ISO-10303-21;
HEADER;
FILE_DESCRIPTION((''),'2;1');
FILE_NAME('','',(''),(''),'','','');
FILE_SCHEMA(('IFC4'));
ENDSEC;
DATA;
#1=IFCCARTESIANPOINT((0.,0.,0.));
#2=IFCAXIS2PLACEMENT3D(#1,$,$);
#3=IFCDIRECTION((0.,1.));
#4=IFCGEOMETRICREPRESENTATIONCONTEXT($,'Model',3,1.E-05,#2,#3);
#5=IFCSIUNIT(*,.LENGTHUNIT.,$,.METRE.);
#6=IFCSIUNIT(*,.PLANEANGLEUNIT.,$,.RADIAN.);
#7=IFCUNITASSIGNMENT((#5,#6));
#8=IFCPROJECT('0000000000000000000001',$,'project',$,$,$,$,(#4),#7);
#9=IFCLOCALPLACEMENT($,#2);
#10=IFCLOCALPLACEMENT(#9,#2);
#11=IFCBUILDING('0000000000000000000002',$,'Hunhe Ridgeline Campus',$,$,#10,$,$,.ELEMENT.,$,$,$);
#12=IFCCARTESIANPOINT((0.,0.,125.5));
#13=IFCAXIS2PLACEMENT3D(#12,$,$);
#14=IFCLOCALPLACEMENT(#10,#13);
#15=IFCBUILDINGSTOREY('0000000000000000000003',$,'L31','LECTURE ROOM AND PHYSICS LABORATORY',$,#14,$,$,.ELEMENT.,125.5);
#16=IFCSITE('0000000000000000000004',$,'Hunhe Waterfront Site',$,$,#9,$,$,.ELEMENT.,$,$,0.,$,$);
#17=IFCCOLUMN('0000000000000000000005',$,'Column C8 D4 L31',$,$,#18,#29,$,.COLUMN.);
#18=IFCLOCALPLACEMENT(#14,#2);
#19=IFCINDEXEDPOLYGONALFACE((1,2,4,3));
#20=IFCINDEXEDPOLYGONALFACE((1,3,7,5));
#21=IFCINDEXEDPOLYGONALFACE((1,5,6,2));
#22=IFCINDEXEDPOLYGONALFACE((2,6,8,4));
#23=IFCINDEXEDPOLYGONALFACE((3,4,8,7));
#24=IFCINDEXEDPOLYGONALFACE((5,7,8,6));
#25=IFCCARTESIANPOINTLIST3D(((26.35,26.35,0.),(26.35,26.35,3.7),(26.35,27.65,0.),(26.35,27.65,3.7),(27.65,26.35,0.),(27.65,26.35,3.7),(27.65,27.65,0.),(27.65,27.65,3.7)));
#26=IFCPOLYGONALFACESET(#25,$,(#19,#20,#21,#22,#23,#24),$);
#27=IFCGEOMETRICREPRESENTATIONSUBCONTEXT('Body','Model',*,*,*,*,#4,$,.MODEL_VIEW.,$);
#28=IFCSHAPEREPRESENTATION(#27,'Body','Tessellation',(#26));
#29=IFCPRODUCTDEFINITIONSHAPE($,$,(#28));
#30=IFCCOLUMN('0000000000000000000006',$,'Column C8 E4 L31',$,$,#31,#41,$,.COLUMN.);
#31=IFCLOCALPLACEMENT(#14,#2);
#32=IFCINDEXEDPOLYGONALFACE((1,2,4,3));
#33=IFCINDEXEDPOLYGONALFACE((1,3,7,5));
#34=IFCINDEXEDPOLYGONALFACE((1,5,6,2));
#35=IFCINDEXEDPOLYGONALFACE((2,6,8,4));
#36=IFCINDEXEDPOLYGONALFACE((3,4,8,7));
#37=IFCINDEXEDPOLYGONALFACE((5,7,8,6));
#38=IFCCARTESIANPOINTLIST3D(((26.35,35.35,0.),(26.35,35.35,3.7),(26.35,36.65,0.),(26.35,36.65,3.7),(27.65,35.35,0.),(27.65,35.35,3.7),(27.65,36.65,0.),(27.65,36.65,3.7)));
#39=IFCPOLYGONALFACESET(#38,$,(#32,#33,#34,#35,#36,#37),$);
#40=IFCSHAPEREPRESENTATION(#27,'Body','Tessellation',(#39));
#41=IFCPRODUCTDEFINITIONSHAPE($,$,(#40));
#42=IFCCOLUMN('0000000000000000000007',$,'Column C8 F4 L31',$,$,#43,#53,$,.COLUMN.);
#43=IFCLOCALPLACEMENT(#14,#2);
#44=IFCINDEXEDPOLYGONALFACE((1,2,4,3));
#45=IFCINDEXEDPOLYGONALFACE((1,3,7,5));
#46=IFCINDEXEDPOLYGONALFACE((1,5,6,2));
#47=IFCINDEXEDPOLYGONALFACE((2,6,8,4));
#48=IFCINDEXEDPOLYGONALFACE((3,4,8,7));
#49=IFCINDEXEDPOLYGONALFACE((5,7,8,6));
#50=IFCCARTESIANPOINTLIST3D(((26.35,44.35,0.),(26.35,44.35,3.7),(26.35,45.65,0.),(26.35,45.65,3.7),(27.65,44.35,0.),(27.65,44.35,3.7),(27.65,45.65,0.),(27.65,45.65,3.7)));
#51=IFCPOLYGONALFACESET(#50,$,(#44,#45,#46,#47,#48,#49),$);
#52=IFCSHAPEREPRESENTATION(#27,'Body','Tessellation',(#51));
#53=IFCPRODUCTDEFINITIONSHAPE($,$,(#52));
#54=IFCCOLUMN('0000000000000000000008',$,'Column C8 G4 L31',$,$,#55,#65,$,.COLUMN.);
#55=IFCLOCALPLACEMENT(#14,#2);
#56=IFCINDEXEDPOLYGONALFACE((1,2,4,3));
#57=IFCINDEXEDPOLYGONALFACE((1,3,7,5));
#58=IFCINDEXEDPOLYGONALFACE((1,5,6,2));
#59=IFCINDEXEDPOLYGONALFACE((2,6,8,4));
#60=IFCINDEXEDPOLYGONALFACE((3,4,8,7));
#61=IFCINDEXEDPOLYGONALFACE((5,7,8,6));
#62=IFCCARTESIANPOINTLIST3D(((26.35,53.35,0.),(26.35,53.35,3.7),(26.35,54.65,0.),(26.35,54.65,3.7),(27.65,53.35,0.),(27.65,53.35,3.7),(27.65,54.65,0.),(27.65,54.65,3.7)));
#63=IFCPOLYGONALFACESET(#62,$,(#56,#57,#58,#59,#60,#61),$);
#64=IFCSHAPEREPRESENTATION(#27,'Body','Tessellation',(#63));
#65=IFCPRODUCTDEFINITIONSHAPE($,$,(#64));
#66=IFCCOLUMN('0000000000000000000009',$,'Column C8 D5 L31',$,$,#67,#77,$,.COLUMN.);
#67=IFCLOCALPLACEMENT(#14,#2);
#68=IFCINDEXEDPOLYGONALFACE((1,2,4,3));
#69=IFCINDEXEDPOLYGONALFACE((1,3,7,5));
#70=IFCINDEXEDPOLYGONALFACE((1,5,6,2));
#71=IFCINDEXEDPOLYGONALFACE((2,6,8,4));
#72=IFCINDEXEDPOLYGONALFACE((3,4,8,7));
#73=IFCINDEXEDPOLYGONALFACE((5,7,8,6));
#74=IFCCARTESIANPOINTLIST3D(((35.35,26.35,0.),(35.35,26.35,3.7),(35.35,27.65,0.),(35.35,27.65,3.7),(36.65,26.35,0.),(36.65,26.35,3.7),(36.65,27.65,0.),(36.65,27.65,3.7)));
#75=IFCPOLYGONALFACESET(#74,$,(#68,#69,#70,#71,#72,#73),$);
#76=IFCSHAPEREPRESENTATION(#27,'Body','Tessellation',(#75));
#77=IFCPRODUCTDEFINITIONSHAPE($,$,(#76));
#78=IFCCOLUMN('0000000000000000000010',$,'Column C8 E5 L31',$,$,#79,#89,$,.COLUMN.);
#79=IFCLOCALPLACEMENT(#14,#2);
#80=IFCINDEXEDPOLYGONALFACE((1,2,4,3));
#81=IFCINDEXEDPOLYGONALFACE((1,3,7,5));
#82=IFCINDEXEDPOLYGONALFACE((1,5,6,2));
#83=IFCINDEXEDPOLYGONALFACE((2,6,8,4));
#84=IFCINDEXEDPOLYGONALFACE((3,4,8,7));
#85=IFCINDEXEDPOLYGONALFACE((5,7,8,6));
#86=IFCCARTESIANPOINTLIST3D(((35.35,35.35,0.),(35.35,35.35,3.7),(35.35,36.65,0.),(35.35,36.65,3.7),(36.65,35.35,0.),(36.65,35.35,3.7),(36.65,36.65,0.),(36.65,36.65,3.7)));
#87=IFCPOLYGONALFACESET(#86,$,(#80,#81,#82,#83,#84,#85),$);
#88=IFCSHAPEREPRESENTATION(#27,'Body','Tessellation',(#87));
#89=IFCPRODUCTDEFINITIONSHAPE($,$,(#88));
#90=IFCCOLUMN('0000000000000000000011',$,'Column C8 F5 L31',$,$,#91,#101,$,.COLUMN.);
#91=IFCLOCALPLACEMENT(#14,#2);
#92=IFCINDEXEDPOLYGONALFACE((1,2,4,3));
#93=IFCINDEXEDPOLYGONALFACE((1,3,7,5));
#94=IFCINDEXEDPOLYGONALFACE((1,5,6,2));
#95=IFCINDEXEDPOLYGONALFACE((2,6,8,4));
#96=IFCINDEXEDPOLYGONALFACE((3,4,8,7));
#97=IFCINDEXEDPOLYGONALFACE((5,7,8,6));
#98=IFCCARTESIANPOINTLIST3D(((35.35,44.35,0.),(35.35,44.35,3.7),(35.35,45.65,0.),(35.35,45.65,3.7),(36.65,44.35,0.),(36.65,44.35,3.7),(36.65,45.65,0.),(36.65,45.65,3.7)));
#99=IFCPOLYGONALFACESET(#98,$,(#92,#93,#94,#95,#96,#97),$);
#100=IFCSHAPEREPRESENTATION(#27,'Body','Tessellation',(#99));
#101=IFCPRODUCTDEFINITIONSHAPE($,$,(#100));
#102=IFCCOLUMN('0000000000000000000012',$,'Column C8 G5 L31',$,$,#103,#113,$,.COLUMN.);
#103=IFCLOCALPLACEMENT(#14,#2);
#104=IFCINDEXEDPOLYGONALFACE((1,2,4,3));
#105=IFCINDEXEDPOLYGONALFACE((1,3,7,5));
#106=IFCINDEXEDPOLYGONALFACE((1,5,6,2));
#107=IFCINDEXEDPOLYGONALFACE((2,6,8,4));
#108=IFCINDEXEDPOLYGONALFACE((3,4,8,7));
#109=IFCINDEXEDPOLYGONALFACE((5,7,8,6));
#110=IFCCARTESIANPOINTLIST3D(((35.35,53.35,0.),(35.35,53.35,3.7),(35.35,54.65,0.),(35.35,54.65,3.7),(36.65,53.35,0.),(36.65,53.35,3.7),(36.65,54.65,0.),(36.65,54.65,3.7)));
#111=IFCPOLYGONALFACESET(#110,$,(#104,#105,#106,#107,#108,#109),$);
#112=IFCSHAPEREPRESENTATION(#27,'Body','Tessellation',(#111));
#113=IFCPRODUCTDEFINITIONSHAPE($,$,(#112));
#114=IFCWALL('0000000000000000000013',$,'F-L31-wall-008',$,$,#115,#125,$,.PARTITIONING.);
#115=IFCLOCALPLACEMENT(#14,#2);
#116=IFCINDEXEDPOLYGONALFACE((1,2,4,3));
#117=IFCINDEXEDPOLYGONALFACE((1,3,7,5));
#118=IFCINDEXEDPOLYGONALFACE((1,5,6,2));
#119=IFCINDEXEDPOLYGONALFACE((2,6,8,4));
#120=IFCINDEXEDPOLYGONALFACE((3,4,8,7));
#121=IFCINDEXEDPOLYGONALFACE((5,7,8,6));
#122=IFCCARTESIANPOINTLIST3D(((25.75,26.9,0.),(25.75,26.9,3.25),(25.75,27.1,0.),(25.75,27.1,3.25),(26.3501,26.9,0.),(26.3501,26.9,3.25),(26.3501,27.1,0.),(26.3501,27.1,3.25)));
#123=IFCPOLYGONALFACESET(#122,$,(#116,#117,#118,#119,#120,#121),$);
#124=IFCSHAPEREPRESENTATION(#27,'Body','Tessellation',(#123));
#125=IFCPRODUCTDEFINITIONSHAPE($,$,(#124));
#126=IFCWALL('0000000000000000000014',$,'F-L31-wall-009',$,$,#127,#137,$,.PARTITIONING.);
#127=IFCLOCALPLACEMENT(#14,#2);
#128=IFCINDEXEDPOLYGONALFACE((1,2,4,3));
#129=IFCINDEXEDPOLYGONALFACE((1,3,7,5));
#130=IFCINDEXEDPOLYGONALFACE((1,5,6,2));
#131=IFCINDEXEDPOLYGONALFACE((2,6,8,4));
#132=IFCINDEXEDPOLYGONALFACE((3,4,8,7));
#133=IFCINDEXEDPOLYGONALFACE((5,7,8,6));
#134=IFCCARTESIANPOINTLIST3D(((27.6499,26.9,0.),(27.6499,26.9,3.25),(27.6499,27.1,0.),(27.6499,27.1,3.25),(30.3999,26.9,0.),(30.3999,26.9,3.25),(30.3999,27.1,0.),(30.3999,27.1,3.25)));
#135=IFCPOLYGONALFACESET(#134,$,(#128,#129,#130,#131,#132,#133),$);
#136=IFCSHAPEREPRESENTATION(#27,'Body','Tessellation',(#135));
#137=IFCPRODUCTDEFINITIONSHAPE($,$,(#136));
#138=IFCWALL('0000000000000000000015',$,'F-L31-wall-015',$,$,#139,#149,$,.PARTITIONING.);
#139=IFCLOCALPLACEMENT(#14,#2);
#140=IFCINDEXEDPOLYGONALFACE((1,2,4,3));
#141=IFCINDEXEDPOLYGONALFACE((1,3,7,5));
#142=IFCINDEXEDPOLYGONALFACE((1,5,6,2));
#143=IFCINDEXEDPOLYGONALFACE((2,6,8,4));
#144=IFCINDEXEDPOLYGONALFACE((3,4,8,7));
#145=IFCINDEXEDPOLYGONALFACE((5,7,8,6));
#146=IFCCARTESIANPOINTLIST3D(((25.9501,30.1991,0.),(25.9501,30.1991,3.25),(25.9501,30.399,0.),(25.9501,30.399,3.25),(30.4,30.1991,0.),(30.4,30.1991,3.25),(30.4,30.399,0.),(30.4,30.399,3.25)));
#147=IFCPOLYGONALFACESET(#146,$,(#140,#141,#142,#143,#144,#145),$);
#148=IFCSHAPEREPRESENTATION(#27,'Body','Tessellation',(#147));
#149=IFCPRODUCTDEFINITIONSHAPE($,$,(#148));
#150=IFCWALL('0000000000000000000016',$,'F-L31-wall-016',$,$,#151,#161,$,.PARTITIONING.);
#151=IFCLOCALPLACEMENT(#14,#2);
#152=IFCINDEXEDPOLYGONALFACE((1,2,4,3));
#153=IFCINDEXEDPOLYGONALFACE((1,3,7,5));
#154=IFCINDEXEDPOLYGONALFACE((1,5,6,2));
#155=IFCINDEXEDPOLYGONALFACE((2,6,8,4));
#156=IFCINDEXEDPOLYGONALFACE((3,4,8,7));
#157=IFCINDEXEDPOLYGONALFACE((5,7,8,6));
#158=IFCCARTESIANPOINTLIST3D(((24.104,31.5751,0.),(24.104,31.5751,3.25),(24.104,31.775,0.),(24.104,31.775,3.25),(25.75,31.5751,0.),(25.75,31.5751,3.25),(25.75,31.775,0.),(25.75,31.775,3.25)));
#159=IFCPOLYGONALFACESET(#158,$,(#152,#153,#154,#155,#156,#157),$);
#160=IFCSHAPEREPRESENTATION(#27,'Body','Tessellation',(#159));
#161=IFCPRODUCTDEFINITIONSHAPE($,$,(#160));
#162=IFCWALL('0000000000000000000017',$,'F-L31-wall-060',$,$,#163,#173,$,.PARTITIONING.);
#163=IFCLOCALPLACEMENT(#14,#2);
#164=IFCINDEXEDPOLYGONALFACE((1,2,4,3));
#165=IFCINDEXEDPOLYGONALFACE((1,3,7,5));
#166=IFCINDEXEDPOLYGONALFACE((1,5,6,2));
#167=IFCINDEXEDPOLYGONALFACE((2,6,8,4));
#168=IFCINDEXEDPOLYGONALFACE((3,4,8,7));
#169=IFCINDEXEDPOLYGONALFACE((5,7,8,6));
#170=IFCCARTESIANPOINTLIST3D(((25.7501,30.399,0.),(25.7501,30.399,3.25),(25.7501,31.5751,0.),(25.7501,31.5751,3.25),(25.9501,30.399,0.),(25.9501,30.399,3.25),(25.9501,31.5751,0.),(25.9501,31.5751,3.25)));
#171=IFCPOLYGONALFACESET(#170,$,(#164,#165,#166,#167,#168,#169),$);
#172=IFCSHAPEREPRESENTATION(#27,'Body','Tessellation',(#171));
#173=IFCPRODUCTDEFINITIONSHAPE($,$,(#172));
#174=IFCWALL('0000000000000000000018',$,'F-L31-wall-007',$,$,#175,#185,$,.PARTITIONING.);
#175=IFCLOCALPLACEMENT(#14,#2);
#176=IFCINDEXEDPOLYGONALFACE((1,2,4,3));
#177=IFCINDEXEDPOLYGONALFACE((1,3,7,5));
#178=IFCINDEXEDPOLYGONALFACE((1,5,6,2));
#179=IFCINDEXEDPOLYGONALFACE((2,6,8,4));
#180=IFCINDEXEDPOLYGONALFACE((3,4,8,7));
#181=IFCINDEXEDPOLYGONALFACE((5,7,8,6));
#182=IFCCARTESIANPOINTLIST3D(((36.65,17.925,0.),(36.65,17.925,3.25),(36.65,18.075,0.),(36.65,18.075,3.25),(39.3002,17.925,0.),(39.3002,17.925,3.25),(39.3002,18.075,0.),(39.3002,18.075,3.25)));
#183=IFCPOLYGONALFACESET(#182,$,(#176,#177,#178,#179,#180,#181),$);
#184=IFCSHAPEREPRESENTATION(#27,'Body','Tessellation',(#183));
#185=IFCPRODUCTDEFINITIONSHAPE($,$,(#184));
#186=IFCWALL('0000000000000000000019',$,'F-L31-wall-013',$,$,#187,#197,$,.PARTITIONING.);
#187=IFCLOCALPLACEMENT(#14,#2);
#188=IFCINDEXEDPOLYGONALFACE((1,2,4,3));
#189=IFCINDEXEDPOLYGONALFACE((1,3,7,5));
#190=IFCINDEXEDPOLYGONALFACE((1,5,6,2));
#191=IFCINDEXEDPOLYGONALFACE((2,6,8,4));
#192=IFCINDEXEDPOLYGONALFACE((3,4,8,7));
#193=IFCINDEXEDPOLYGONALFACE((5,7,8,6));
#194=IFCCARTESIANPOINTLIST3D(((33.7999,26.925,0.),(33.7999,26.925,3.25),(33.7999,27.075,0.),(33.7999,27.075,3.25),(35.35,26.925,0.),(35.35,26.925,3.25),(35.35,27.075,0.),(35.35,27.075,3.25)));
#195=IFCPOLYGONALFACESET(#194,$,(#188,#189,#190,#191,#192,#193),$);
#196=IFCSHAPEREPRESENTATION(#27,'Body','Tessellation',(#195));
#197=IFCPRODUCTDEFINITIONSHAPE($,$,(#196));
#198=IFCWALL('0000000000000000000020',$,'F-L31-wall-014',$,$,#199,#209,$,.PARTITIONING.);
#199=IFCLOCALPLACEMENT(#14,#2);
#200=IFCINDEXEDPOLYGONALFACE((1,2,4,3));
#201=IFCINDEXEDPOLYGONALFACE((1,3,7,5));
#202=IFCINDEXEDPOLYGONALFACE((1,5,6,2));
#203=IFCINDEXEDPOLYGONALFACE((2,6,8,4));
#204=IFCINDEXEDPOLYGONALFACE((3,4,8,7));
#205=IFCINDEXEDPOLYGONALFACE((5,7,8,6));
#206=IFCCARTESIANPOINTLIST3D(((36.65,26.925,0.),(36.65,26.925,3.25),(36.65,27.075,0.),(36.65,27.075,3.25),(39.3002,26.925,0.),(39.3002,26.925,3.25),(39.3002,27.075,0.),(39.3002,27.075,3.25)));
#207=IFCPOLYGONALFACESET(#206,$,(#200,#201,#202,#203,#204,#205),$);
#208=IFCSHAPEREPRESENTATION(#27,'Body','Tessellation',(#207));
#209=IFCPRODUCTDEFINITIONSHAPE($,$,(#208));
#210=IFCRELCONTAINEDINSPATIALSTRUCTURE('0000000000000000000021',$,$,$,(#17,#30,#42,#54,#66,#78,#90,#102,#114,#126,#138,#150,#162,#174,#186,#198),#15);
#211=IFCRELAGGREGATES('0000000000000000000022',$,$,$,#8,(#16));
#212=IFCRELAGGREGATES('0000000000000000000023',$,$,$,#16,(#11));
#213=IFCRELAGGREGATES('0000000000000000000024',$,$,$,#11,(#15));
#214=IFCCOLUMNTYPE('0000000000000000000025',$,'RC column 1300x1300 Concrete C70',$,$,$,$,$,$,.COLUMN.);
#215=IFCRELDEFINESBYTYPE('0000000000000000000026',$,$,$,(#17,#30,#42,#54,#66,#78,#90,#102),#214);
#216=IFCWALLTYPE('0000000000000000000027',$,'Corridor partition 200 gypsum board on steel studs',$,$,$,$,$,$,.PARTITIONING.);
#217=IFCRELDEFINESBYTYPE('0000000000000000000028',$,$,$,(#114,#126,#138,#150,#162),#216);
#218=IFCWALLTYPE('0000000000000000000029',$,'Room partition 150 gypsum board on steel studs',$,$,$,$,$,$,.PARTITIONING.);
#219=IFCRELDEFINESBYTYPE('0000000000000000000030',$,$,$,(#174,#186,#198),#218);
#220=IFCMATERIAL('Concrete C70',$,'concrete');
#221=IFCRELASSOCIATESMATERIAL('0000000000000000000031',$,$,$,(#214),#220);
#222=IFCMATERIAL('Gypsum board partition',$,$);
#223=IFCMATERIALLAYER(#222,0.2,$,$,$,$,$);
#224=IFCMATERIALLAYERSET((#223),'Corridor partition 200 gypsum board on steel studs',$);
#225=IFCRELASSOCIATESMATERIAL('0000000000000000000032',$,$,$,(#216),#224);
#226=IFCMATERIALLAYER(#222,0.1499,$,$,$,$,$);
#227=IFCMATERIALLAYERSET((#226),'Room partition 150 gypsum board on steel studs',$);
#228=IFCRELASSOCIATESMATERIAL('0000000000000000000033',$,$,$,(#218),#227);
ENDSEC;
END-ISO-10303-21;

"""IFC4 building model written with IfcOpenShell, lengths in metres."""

from ifc_helpers import new_model, si_unit, direction, frame, frame_2d, origin, origin_2d, place, context, subcontext, project, spatial, rectangle, extrude, material, layer, layer_set, material_profile, profile_set, type_object, element, save


model = new_model("IFC4")

# Units and contexts
model_context = context("Model", 3, precision=1e-05, world=origin(), true_north=direction((0.0, 1.0)))
body_context = subcontext(model_context, "Body", "Model", "MODEL_VIEW")
ifc_project = project(units=[si_unit("LENGTHUNIT", "METRE"), si_unit("PLANEANGLEUNIT", "RADIAN")], contexts=[model_context])

# Site, building, storey
site_placement = place(None, origin())
site = spatial("IfcSite", under=ifc_project, at=site_placement, Name="Hunhe Waterfront Site", CompositionType="ELEMENT", RefElevation=0.0)
building_placement = place(site_placement, origin())
building = spatial("IfcBuilding", under=site, at=building_placement, Name="Hunhe Ridgeline Campus", CompositionType="ELEMENT")
storey_placement = place(building_placement, frame((0.0, 0.0, 125.5)))
storey = spatial("IfcBuildingStorey", under=building, at=storey_placement, Name="L31", Description="LECTURE ROOM AND PHYSICS LABORATORY", CompositionType="ELEMENT", Elevation=125.5)

# Columns
ifc_material_1 = material(Name="Concrete C70", Category="concrete")
ifc_material_profile = material_profile(ifc_material_1, rectangle(XDim=1.3, YDim=1.3, at=origin_2d()))
ifc_profile_set = profile_set([ifc_material_profile], Name="Concrete C70")
column_type = type_object("IfcColumnType", Name="RC column 1300x1300 Concrete C70", PredefinedType="COLUMN", material=ifc_profile_set)
for number, where, z_axis, x_axis, name in (
    (1, (27.0, 27.0, 0.0), (0.0, 0.0, 1.0), (1.0, 0.0, 0.0), "Column C8 D4 L31"),
    (2, (27.0, 36.0, 0.0), (0.0, 0.0, 1.0), (1.0, 0.0, 0.0), "Column C8 E4 L31"),
    (3, (27.0, 45.0, 0.0), (0.0, 0.0, 1.0), (1.0, 0.0, 0.0), "Column C8 F4 L31"),
    (4, (27.0, 54.0, 0.0), (0.0, 0.0, 1.0), (1.0, 0.0, 0.0), "Column C8 G4 L31"),
    (5, (36.0, 27.0, 0.0), (0.0, 0.0, 1.0), (1.0, 0.0, 0.0), "Column C8 D5 L31"),
    (6, (36.0, 36.0, 0.0), (0.0, 0.0, 1.0), (1.0, 0.0, 0.0), "Column C8 E5 L31"),
    (7, (36.0, 45.0, 0.0), (0.0, 0.0, 1.0), (1.0, 0.0, 0.0), "Column C8 F5 L31"),
    (8, (36.0, 54.0, 0.0), (0.0, 0.0, 1.0), (1.0, 0.0, 0.0), "Column C8 G5 L31"),
):
    element("IfcColumn", number, at=place(storey_placement, frame(where, z_axis=z_axis, x_axis=x_axis)), inside=storey, type_object=column_type, Name=name, PredefinedType="COLUMN", context=body_context, shape_type="SweptSolid", body=[
        extrude(rectangle(XDim=1.3, YDim=1.3, at=origin_2d()), origin(), (0.0, 0.0, 1.0), 3.7),
    ])

# Walls
ifc_material_2 = material(Name="Gypsum board partition")
ifc_layer_1 = layer(ifc_material_2, 0.2)
ifc_layer_set_1 = layer_set([ifc_layer_1], Name="Corridor partition 200 gypsum board on steel studs")
wall_type_1 = type_object("IfcWallType", Name="Corridor partition 200 gypsum board on steel studs", PredefinedType="PARTITIONING", material=ifc_layer_set_1)
wall_1_placement = place(storey_placement, frame((26.3501, 27.0, 0.0), z_axis=(0.0, 0.0, 1.0), x_axis=(-1.0, 0.0, 0.0)))
element("IfcWall", 9, at=wall_1_placement, inside=storey, type_object=wall_type_1, Name="F-L31-wall-008", PredefinedType="PARTITIONING", context=body_context, shape_type="SweptSolid", body=[
    extrude(rectangle(XDim=0.6001, YDim=0.2, at=frame_2d((0.3, 0.0))), origin(), (0.0, 0.0, 1.0), 3.25),
])
wall_2_placement = place(storey_placement, frame((30.3999, 27.0, 0.0), z_axis=(0.0, 0.0, 1.0), x_axis=(-1.0, 0.0, 0.0)))
element("IfcWall", 10, at=wall_2_placement, inside=storey, type_object=wall_type_1, Name="F-L31-wall-009", PredefinedType="PARTITIONING", context=body_context, shape_type="SweptSolid", body=[
    extrude(rectangle(XDim=2.75, YDim=0.2, at=frame_2d((1.375, 0.0))), origin(), (0.0, 0.0, 1.0), 3.25),
])
wall_3_placement = place(storey_placement, frame((25.95, 30.2991, 0.0), z_axis=(0.0, 0.0, 1.0), x_axis=(1.0, 0.0, 0.0)))
element("IfcWall", 11, at=wall_3_placement, inside=storey, type_object=wall_type_1, Name="F-L31-wall-015", PredefinedType="PARTITIONING", context=body_context, shape_type="SweptSolid", body=[
    extrude(rectangle(XDim=4.45, YDim=0.2, at=frame_2d((2.2251, 0.0))), origin(), (0.0, 0.0, 1.0), 3.25),
])
wall_4_placement = place(storey_placement, frame((24.104, 31.675, 0.0), z_axis=(0.0, 0.0, 1.0), x_axis=(1.0, 0.0, 0.0)))
element("IfcWall", 12, at=wall_4_placement, inside=storey, type_object=wall_type_1, Name="F-L31-wall-016", PredefinedType="PARTITIONING", context=body_context, shape_type="SweptSolid", body=[
    extrude(rectangle(XDim=1.646, YDim=0.2, at=frame_2d((0.823, 0.0))), origin(), (0.0, 0.0, 1.0), 3.25),
])

# Wall
wall_5_placement = place(storey_placement, frame((25.8501, 31.575, 0.0), z_axis=(0.0, 0.0, 1.0), x_axis=(0.0, -1.0, 0.0)))
element("IfcWall", 13, at=wall_5_placement, inside=storey, type_object=wall_type_1, Name="F-L31-wall-060", PredefinedType="PARTITIONING", context=body_context, shape_type="SweptSolid", body=[
    extrude(rectangle(XDim=1.176, YDim=0.2, at=frame_2d((0.5879, 0.0))), origin(), (0.0, 0.0, 1.0), 3.25),
])

# Walls
ifc_layer_2 = layer(ifc_material_2, 0.1499)
ifc_layer_set_2 = layer_set([ifc_layer_2], Name="Room partition 150 gypsum board on steel studs")
wall_type_2 = type_object("IfcWallType", Name="Room partition 150 gypsum board on steel studs", PredefinedType="PARTITIONING", material=ifc_layer_set_2)
wall_6_placement = place(storey_placement, frame((36.6499, 18.0, 0.0), z_axis=(0.0, 0.0, 1.0), x_axis=(1.0, 0.0, 0.0)))
element("IfcWall", 14, at=wall_6_placement, inside=storey, type_object=wall_type_2, Name="F-L31-wall-007", PredefinedType="PARTITIONING", context=body_context, shape_type="SweptSolid", body=[
    extrude(rectangle(XDim=2.6501, YDim=0.1499, at=frame_2d((1.3252, 0.0))), origin(), (0.0, 0.0, 1.0), 3.25),
])
wall_7_placement = place(storey_placement, frame((33.8, 27.0, 0.0), z_axis=(0.0, 0.0, 1.0), x_axis=(1.0, 0.0, 0.0)))
element("IfcWall", 15, at=wall_7_placement, inside=storey, type_object=wall_type_2, Name="F-L31-wall-013", PredefinedType="PARTITIONING", context=body_context, shape_type="SweptSolid", body=[
    extrude(rectangle(XDim=1.55, YDim=0.1499, at=frame_2d((0.7749, 0.0))), origin(), (0.0, 0.0, 1.0), 3.25),
])
wall_8_placement = place(storey_placement, frame((36.6499, 27.0, 0.0), z_axis=(0.0, 0.0, 1.0), x_axis=(1.0, 0.0, 0.0)))
element("IfcWall", 16, at=wall_8_placement, inside=storey, type_object=wall_type_2, Name="F-L31-wall-014", PredefinedType="PARTITIONING", context=body_context, shape_type="SweptSolid", body=[
    extrude(rectangle(XDim=2.6501, YDim=0.1499, at=frame_2d((1.3252, 0.0))), origin(), (0.0, 0.0, 1.0), 3.25),
])

save(model, "model.ifc")
